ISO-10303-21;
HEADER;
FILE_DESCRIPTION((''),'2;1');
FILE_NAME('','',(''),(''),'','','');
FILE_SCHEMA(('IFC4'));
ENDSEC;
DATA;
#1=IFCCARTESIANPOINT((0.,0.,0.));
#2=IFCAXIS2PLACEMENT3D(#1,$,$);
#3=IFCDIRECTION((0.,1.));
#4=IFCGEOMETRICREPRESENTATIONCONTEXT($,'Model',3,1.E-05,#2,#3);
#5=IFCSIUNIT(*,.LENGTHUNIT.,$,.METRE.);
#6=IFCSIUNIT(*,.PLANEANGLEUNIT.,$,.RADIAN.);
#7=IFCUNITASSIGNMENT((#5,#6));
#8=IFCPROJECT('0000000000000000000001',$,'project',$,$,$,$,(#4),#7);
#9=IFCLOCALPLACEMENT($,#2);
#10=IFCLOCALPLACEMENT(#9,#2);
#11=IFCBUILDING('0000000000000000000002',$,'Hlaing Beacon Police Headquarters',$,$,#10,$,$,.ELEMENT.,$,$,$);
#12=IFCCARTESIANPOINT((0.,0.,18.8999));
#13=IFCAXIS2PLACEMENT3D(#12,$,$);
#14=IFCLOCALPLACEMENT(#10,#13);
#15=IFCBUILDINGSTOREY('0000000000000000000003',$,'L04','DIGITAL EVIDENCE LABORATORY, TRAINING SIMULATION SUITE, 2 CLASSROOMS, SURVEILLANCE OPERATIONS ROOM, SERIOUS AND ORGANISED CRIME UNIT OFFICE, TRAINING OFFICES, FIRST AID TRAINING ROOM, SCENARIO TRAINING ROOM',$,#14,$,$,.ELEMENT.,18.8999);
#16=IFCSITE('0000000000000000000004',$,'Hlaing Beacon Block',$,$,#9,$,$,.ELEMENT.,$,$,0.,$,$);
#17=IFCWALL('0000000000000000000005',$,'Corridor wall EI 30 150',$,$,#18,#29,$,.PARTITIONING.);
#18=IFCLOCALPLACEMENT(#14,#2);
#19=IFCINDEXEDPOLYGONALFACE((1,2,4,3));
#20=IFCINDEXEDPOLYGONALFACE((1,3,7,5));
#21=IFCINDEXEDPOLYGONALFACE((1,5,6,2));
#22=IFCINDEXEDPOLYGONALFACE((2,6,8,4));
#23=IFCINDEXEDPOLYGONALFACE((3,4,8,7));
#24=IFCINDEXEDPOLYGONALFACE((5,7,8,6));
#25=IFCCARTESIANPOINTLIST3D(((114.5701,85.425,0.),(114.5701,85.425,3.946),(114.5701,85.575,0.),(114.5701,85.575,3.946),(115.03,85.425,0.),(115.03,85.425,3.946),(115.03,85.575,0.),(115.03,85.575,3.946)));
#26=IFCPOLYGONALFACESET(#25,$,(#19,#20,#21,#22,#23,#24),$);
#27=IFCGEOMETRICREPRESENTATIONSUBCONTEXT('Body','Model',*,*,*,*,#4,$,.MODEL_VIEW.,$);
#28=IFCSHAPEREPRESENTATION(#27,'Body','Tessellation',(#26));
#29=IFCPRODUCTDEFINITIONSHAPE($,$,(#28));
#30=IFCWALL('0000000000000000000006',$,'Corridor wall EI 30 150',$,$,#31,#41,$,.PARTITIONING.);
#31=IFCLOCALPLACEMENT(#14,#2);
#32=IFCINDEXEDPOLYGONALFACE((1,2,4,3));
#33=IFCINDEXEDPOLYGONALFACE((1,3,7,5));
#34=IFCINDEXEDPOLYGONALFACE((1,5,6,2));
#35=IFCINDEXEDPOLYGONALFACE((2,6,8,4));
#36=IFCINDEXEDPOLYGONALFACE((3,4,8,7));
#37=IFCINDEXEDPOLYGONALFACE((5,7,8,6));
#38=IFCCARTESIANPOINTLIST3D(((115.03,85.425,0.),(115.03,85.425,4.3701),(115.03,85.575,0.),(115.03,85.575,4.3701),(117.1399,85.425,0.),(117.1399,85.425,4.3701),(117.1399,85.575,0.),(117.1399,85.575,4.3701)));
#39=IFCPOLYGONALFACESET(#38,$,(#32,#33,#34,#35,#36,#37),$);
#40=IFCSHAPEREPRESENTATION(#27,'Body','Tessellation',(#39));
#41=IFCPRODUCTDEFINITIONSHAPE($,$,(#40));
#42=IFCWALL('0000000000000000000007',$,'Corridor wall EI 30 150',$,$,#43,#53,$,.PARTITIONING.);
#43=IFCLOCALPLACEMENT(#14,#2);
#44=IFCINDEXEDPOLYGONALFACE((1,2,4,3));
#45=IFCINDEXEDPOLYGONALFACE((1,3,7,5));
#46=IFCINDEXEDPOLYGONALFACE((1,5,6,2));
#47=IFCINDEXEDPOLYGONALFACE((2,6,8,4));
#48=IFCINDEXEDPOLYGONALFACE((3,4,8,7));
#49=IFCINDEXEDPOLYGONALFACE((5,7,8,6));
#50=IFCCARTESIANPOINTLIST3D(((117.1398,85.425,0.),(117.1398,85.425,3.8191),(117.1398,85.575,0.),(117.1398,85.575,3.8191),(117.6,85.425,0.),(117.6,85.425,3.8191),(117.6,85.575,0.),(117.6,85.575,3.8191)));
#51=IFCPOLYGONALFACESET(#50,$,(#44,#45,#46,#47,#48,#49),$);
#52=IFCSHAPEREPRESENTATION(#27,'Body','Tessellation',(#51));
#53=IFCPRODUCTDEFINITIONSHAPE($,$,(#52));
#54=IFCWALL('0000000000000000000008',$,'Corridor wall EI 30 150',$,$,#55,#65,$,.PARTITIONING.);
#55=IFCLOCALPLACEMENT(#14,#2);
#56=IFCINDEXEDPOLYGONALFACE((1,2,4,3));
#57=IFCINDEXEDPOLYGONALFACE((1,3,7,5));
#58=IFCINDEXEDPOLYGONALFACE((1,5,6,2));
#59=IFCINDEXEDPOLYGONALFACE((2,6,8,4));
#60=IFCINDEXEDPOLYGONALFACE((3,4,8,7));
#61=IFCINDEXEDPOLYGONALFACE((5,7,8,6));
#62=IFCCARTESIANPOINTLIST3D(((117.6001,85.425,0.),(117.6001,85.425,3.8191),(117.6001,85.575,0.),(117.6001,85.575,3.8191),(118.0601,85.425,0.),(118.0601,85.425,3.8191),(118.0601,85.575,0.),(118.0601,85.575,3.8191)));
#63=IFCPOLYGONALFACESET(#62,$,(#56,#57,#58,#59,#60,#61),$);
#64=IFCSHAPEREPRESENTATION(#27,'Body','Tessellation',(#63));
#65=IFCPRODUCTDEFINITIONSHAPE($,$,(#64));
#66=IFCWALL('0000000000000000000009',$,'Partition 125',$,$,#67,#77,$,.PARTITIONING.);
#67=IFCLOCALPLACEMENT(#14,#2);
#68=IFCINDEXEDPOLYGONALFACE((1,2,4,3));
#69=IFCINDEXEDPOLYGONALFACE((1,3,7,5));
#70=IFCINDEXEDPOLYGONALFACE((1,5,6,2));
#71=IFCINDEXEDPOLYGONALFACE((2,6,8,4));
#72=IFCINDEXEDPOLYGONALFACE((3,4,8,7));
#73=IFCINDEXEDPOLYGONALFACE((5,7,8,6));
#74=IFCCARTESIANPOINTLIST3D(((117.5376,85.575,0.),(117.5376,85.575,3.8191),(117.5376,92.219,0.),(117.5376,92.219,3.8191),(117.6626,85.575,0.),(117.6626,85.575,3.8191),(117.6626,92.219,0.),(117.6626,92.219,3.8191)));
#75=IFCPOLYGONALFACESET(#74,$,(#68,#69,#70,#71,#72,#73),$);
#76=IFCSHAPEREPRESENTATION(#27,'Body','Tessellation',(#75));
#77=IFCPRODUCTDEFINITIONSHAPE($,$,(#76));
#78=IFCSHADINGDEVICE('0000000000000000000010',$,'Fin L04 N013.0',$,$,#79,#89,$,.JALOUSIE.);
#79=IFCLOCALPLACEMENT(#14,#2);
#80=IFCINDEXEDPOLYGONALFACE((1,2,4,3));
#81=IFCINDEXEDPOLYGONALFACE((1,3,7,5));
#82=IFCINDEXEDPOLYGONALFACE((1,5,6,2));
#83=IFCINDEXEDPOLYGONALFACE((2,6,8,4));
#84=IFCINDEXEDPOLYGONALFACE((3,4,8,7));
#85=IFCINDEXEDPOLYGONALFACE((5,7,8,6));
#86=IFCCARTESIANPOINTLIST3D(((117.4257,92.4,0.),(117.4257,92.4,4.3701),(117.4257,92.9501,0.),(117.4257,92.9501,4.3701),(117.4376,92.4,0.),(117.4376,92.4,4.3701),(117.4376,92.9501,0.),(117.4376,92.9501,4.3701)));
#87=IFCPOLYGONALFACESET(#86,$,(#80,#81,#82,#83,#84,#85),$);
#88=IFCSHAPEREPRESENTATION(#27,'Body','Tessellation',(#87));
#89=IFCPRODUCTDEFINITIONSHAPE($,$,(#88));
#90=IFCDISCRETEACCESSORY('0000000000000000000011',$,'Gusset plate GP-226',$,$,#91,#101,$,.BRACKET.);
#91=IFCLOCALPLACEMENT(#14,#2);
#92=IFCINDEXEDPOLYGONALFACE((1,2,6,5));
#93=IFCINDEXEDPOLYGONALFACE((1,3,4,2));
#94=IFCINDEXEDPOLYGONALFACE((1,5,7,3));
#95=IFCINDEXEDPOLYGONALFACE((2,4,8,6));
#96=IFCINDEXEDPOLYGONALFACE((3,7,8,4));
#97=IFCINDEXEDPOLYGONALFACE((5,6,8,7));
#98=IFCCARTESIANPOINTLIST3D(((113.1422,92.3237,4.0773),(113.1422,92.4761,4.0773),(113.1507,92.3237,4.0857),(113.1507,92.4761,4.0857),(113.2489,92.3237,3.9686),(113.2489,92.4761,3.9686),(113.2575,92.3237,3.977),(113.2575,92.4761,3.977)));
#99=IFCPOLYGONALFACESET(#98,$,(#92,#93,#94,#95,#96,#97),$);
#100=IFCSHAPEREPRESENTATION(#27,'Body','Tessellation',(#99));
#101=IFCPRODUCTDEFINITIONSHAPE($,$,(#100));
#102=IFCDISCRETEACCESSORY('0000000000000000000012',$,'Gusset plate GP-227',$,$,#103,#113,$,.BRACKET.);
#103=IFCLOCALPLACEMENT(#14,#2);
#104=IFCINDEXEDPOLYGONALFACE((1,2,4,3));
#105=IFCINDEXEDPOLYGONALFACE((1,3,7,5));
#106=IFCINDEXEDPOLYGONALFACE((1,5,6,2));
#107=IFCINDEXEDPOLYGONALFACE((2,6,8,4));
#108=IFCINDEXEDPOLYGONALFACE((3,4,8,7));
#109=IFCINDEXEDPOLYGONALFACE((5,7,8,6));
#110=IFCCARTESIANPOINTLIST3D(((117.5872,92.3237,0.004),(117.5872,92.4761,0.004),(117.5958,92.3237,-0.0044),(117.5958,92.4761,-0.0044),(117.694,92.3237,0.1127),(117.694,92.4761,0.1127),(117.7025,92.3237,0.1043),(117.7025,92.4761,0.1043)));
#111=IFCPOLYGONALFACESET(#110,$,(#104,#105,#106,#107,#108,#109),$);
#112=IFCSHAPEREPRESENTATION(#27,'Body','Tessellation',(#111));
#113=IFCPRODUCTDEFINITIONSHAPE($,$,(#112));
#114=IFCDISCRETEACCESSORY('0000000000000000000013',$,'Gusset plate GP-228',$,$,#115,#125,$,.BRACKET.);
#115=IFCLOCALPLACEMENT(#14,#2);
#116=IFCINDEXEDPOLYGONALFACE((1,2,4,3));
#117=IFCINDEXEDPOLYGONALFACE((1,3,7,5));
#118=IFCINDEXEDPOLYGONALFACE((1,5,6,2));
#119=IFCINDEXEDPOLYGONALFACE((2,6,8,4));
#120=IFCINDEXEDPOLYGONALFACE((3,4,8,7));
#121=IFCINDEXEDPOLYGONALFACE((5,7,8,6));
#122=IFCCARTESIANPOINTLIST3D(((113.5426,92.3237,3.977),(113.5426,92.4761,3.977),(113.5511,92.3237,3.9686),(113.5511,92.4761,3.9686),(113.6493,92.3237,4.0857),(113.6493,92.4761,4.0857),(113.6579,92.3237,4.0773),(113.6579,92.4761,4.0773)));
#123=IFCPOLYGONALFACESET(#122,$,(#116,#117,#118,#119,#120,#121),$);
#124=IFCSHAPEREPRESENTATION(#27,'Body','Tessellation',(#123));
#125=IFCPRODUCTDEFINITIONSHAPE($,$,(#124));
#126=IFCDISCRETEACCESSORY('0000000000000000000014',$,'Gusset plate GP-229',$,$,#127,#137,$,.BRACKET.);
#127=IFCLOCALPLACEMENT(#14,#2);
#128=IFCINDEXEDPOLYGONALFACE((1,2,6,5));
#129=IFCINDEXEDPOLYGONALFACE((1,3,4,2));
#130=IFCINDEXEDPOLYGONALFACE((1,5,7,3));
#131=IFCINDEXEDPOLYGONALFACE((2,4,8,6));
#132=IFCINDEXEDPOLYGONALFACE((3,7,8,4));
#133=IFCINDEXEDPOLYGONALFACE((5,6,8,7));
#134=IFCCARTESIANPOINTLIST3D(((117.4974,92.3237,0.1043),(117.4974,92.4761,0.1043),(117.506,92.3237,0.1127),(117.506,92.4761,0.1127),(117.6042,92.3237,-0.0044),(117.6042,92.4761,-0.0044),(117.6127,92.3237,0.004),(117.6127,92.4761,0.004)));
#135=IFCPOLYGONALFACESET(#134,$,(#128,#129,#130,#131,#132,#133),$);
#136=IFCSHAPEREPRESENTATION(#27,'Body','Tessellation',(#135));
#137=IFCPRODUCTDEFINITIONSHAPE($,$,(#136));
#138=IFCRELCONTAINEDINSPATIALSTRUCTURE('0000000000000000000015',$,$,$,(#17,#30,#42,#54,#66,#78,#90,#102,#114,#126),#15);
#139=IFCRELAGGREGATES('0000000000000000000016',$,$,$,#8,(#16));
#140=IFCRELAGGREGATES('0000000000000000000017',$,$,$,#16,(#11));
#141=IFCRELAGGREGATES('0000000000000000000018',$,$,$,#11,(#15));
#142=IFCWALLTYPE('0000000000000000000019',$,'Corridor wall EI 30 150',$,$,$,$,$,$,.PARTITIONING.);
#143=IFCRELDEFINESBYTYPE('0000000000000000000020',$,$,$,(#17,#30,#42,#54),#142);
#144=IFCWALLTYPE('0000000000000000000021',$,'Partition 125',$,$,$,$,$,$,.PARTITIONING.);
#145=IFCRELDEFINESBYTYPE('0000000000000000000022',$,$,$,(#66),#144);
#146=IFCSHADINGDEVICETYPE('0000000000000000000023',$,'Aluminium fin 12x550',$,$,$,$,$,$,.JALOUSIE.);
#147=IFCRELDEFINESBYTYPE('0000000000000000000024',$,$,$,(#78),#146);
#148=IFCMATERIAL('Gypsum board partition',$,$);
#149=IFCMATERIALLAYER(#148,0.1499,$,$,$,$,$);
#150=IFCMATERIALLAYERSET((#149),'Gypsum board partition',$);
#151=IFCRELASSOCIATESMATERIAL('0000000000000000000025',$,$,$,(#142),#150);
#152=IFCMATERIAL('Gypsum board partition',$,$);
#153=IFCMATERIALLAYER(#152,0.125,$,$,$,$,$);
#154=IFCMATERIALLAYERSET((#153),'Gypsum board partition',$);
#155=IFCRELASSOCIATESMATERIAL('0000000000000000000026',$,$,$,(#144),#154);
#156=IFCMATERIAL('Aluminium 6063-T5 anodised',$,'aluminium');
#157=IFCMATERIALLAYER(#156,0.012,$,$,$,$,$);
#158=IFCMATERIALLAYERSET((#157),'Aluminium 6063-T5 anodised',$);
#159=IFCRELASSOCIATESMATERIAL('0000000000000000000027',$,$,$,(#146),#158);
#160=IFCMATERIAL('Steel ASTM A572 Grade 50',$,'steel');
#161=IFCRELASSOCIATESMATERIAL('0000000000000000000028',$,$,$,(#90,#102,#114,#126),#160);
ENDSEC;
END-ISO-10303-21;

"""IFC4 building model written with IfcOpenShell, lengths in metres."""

from ifc_helpers import new_model, si_unit, direction, frame, frame_2d, origin, origin_2d, place, context, subcontext, project, spatial, rectangle, extrude, material, layer, layer_set, type_object, element, save


model = new_model("IFC4")

# Units and contexts
model_context = context("Model", 3, precision=1e-05, world=origin(), true_north=direction((0.0, 1.0)))
body_context = subcontext(model_context, "Body", "Model", "MODEL_VIEW")
ifc_project = project(units=[si_unit("LENGTHUNIT", "METRE"), si_unit("PLANEANGLEUNIT", "RADIAN")], contexts=[model_context])

# Site, building, storey
site_placement = place(None, origin())
site = spatial("IfcSite", under=ifc_project, at=site_placement, Name="Hlaing Beacon Block", CompositionType="ELEMENT", RefElevation=0.0)
building_placement = place(site_placement, origin())
building = spatial("IfcBuilding", under=site, at=building_placement, Name="Hlaing Beacon Police Headquarters", CompositionType="ELEMENT")
storey_placement = place(building_placement, frame((0.0, 0.0, 18.8999)))
storey = spatial("IfcBuildingStorey", under=building, at=storey_placement, Name="L04", Description="DIGITAL EVIDENCE LABORATORY, TRAINING SIMULATION SUITE, 2 CLASSROOMS, SURVEILLANCE OPERATIONS ROOM, SERIOUS AND ORGANISED CRIME UNIT OFFICE, TRAINING OFFICES, FIRST AID TRAINING ROOM, SCENARIO TRAINING ROOM", CompositionType="ELEMENT", Elevation=18.8999)

# Walls
ifc_material_1 = material(Name="Gypsum board partition")
ifc_layer_1 = layer(ifc_material_1, 0.1499)
ifc_layer_set_1 = layer_set([ifc_layer_1], Name="Gypsum board partition")
wall_type_1 = type_object("IfcWallType", Name="Corridor wall EI 30 150", PredefinedType="PARTITIONING", material=ifc_layer_set_1)
wall_1_placement = place(storey_placement, frame((114.5701, 85.5, 0.0), z_axis=(0.0, 0.0, 1.0), x_axis=(1.0, 0.0, 0.0)))
element("IfcWall", 1, at=wall_1_placement, inside=storey, type_object=wall_type_1, Name="Corridor wall EI 30 150", PredefinedType="PARTITIONING", context=body_context, shape_type="SweptSolid", body=[
    extrude(rectangle(XDim=0.46, YDim=0.1499, at=frame_2d((0.23, 0.0))), origin(), (0.0, 0.0, 1.0), 3.946),
])
wall_2_placement = place(storey_placement, frame((115.03, 85.5, 0.0), z_axis=(0.0, 0.0, 1.0), x_axis=(1.0, 0.0, 0.0)))
element("IfcWall", 2, at=wall_2_placement, inside=storey, type_object=wall_type_1, Name="Corridor wall EI 30 150", PredefinedType="PARTITIONING", context=body_context, shape_type="SweptSolid", body=[
    extrude(rectangle(XDim=2.1099, YDim=0.1499, at=frame_2d((1.0549, 0.0))), origin(), (0.0, 0.0, 1.0), 4.3701),
])
wall_3_placement = place(storey_placement, frame((117.1399, 85.5, 0.0), z_axis=(0.0, 0.0, 1.0), x_axis=(1.0, 0.0, 0.0)))
element("IfcWall", 3, at=wall_3_placement, inside=storey, type_object=wall_type_1, Name="Corridor wall EI 30 150", PredefinedType="PARTITIONING", context=body_context, shape_type="SweptSolid", body=[
    extrude(rectangle(XDim=0.4602, YDim=0.1499, at=frame_2d((0.23, 0.0))), origin(), (0.0, 0.0, 1.0), 3.8191),
])
wall_4_placement = place(storey_placement, frame((117.6001, 85.5, 0.0), z_axis=(0.0, 0.0, 1.0), x_axis=(1.0, 0.0, 0.0)))
element("IfcWall", 4, at=wall_4_placement, inside=storey, type_object=wall_type_1, Name="Corridor wall EI 30 150", PredefinedType="PARTITIONING", context=body_context, shape_type="SweptSolid", body=[
    extrude(rectangle(XDim=0.46, YDim=0.1499, at=frame_2d((0.23, 0.0))), origin(), (0.0, 0.0, 1.0), 3.8191),
])
ifc_material_2 = material(Name="Gypsum board partition")
ifc_layer_2 = layer(ifc_material_2, 0.125)
ifc_layer_set_2 = layer_set([ifc_layer_2], Name="Gypsum board partition")
wall_type_2 = type_object("IfcWallType", Name="Partition 125", PredefinedType="PARTITIONING", material=ifc_layer_set_2)
wall_5_placement = place(storey_placement, frame((117.6001, 85.575, 0.0), z_axis=(0.0, 0.0, 1.0), x_axis=(0.0, 1.0, 0.0)))
element("IfcWall", 5, at=wall_5_placement, inside=storey, type_object=wall_type_2, Name="Partition 125", PredefinedType="PARTITIONING", context=body_context, shape_type="SweptSolid", body=[
    extrude(rectangle(XDim=6.644, YDim=0.125, at=frame_2d((3.322, 0.0))), origin(), (0.0, 0.0, 1.0), 3.8191),
])

# Shading device
ifc_material_3 = material(Name="Aluminium 6063-T5 anodised", Category="aluminium")
ifc_layer_3 = layer(ifc_material_3, 0.012)
ifc_layer_set_3 = layer_set([ifc_layer_3], Name="Aluminium 6063-T5 anodised")
shading_device_type = type_object("IfcShadingDeviceType", Name="Aluminium fin 12x550", PredefinedType="JALOUSIE", material=ifc_layer_set_3)
shading_device_placement = place(storey_placement, frame((117.4316, 92.675, 0.0), z_axis=(0.0, 0.0, 1.0), x_axis=(-1.0, 0.0, 0.0)))
element("IfcShadingDevice", 6, at=shading_device_placement, inside=storey, type_object=shading_device_type, Name="Fin L04 N013.0", PredefinedType="JALOUSIE", context=body_context, shape_type="SweptSolid", body=[
    extrude(rectangle(XDim=0.012, YDim=0.55, at=origin_2d()), origin(), (0.0, 0.0, 1.0), 4.3701),
])

# Discrete accessories
ifc_material_4 = material(Name="Steel ASTM A572 Grade 50", Category="steel")
for number, where, z_axis, x_axis, name in (
    (7, (113.1956, 92.3999, 4.0229), (0.71343, 0.0, 0.700727), (0.0, 1.0, 0.0), "Gusset plate GP-226"),
    (8, (117.6406, 92.3999, 0.0583), (0.71343, 0.0, -0.700727), (0.0, 1.0, 0.0), "Gusset plate GP-227"),
    (9, (113.6045, 92.3999, 4.0229), (-0.71343, 0.0, 0.700727), (0.0, -1.0, 0.0), "Gusset plate GP-228"),
    (10, (117.5593, 92.3999, 0.0583), (-0.713451, 0.0, -0.700705), (0.0, -1.0, 0.0), "Gusset plate GP-229"),
):
    element("IfcDiscreteAccessory", number, at=place(storey_placement, frame(where, z_axis=z_axis, x_axis=x_axis)), inside=storey, material=ifc_material_4, Name=name, PredefinedType="BRACKET", context=body_context, shape_type="SweptSolid", body=[
        extrude(rectangle(XDim=0.1523, YDim=0.1523, at=origin_2d()), origin(), (0.0, 0.0, 1.0), 0.012),
    ])

save(model, "model.ifc")
